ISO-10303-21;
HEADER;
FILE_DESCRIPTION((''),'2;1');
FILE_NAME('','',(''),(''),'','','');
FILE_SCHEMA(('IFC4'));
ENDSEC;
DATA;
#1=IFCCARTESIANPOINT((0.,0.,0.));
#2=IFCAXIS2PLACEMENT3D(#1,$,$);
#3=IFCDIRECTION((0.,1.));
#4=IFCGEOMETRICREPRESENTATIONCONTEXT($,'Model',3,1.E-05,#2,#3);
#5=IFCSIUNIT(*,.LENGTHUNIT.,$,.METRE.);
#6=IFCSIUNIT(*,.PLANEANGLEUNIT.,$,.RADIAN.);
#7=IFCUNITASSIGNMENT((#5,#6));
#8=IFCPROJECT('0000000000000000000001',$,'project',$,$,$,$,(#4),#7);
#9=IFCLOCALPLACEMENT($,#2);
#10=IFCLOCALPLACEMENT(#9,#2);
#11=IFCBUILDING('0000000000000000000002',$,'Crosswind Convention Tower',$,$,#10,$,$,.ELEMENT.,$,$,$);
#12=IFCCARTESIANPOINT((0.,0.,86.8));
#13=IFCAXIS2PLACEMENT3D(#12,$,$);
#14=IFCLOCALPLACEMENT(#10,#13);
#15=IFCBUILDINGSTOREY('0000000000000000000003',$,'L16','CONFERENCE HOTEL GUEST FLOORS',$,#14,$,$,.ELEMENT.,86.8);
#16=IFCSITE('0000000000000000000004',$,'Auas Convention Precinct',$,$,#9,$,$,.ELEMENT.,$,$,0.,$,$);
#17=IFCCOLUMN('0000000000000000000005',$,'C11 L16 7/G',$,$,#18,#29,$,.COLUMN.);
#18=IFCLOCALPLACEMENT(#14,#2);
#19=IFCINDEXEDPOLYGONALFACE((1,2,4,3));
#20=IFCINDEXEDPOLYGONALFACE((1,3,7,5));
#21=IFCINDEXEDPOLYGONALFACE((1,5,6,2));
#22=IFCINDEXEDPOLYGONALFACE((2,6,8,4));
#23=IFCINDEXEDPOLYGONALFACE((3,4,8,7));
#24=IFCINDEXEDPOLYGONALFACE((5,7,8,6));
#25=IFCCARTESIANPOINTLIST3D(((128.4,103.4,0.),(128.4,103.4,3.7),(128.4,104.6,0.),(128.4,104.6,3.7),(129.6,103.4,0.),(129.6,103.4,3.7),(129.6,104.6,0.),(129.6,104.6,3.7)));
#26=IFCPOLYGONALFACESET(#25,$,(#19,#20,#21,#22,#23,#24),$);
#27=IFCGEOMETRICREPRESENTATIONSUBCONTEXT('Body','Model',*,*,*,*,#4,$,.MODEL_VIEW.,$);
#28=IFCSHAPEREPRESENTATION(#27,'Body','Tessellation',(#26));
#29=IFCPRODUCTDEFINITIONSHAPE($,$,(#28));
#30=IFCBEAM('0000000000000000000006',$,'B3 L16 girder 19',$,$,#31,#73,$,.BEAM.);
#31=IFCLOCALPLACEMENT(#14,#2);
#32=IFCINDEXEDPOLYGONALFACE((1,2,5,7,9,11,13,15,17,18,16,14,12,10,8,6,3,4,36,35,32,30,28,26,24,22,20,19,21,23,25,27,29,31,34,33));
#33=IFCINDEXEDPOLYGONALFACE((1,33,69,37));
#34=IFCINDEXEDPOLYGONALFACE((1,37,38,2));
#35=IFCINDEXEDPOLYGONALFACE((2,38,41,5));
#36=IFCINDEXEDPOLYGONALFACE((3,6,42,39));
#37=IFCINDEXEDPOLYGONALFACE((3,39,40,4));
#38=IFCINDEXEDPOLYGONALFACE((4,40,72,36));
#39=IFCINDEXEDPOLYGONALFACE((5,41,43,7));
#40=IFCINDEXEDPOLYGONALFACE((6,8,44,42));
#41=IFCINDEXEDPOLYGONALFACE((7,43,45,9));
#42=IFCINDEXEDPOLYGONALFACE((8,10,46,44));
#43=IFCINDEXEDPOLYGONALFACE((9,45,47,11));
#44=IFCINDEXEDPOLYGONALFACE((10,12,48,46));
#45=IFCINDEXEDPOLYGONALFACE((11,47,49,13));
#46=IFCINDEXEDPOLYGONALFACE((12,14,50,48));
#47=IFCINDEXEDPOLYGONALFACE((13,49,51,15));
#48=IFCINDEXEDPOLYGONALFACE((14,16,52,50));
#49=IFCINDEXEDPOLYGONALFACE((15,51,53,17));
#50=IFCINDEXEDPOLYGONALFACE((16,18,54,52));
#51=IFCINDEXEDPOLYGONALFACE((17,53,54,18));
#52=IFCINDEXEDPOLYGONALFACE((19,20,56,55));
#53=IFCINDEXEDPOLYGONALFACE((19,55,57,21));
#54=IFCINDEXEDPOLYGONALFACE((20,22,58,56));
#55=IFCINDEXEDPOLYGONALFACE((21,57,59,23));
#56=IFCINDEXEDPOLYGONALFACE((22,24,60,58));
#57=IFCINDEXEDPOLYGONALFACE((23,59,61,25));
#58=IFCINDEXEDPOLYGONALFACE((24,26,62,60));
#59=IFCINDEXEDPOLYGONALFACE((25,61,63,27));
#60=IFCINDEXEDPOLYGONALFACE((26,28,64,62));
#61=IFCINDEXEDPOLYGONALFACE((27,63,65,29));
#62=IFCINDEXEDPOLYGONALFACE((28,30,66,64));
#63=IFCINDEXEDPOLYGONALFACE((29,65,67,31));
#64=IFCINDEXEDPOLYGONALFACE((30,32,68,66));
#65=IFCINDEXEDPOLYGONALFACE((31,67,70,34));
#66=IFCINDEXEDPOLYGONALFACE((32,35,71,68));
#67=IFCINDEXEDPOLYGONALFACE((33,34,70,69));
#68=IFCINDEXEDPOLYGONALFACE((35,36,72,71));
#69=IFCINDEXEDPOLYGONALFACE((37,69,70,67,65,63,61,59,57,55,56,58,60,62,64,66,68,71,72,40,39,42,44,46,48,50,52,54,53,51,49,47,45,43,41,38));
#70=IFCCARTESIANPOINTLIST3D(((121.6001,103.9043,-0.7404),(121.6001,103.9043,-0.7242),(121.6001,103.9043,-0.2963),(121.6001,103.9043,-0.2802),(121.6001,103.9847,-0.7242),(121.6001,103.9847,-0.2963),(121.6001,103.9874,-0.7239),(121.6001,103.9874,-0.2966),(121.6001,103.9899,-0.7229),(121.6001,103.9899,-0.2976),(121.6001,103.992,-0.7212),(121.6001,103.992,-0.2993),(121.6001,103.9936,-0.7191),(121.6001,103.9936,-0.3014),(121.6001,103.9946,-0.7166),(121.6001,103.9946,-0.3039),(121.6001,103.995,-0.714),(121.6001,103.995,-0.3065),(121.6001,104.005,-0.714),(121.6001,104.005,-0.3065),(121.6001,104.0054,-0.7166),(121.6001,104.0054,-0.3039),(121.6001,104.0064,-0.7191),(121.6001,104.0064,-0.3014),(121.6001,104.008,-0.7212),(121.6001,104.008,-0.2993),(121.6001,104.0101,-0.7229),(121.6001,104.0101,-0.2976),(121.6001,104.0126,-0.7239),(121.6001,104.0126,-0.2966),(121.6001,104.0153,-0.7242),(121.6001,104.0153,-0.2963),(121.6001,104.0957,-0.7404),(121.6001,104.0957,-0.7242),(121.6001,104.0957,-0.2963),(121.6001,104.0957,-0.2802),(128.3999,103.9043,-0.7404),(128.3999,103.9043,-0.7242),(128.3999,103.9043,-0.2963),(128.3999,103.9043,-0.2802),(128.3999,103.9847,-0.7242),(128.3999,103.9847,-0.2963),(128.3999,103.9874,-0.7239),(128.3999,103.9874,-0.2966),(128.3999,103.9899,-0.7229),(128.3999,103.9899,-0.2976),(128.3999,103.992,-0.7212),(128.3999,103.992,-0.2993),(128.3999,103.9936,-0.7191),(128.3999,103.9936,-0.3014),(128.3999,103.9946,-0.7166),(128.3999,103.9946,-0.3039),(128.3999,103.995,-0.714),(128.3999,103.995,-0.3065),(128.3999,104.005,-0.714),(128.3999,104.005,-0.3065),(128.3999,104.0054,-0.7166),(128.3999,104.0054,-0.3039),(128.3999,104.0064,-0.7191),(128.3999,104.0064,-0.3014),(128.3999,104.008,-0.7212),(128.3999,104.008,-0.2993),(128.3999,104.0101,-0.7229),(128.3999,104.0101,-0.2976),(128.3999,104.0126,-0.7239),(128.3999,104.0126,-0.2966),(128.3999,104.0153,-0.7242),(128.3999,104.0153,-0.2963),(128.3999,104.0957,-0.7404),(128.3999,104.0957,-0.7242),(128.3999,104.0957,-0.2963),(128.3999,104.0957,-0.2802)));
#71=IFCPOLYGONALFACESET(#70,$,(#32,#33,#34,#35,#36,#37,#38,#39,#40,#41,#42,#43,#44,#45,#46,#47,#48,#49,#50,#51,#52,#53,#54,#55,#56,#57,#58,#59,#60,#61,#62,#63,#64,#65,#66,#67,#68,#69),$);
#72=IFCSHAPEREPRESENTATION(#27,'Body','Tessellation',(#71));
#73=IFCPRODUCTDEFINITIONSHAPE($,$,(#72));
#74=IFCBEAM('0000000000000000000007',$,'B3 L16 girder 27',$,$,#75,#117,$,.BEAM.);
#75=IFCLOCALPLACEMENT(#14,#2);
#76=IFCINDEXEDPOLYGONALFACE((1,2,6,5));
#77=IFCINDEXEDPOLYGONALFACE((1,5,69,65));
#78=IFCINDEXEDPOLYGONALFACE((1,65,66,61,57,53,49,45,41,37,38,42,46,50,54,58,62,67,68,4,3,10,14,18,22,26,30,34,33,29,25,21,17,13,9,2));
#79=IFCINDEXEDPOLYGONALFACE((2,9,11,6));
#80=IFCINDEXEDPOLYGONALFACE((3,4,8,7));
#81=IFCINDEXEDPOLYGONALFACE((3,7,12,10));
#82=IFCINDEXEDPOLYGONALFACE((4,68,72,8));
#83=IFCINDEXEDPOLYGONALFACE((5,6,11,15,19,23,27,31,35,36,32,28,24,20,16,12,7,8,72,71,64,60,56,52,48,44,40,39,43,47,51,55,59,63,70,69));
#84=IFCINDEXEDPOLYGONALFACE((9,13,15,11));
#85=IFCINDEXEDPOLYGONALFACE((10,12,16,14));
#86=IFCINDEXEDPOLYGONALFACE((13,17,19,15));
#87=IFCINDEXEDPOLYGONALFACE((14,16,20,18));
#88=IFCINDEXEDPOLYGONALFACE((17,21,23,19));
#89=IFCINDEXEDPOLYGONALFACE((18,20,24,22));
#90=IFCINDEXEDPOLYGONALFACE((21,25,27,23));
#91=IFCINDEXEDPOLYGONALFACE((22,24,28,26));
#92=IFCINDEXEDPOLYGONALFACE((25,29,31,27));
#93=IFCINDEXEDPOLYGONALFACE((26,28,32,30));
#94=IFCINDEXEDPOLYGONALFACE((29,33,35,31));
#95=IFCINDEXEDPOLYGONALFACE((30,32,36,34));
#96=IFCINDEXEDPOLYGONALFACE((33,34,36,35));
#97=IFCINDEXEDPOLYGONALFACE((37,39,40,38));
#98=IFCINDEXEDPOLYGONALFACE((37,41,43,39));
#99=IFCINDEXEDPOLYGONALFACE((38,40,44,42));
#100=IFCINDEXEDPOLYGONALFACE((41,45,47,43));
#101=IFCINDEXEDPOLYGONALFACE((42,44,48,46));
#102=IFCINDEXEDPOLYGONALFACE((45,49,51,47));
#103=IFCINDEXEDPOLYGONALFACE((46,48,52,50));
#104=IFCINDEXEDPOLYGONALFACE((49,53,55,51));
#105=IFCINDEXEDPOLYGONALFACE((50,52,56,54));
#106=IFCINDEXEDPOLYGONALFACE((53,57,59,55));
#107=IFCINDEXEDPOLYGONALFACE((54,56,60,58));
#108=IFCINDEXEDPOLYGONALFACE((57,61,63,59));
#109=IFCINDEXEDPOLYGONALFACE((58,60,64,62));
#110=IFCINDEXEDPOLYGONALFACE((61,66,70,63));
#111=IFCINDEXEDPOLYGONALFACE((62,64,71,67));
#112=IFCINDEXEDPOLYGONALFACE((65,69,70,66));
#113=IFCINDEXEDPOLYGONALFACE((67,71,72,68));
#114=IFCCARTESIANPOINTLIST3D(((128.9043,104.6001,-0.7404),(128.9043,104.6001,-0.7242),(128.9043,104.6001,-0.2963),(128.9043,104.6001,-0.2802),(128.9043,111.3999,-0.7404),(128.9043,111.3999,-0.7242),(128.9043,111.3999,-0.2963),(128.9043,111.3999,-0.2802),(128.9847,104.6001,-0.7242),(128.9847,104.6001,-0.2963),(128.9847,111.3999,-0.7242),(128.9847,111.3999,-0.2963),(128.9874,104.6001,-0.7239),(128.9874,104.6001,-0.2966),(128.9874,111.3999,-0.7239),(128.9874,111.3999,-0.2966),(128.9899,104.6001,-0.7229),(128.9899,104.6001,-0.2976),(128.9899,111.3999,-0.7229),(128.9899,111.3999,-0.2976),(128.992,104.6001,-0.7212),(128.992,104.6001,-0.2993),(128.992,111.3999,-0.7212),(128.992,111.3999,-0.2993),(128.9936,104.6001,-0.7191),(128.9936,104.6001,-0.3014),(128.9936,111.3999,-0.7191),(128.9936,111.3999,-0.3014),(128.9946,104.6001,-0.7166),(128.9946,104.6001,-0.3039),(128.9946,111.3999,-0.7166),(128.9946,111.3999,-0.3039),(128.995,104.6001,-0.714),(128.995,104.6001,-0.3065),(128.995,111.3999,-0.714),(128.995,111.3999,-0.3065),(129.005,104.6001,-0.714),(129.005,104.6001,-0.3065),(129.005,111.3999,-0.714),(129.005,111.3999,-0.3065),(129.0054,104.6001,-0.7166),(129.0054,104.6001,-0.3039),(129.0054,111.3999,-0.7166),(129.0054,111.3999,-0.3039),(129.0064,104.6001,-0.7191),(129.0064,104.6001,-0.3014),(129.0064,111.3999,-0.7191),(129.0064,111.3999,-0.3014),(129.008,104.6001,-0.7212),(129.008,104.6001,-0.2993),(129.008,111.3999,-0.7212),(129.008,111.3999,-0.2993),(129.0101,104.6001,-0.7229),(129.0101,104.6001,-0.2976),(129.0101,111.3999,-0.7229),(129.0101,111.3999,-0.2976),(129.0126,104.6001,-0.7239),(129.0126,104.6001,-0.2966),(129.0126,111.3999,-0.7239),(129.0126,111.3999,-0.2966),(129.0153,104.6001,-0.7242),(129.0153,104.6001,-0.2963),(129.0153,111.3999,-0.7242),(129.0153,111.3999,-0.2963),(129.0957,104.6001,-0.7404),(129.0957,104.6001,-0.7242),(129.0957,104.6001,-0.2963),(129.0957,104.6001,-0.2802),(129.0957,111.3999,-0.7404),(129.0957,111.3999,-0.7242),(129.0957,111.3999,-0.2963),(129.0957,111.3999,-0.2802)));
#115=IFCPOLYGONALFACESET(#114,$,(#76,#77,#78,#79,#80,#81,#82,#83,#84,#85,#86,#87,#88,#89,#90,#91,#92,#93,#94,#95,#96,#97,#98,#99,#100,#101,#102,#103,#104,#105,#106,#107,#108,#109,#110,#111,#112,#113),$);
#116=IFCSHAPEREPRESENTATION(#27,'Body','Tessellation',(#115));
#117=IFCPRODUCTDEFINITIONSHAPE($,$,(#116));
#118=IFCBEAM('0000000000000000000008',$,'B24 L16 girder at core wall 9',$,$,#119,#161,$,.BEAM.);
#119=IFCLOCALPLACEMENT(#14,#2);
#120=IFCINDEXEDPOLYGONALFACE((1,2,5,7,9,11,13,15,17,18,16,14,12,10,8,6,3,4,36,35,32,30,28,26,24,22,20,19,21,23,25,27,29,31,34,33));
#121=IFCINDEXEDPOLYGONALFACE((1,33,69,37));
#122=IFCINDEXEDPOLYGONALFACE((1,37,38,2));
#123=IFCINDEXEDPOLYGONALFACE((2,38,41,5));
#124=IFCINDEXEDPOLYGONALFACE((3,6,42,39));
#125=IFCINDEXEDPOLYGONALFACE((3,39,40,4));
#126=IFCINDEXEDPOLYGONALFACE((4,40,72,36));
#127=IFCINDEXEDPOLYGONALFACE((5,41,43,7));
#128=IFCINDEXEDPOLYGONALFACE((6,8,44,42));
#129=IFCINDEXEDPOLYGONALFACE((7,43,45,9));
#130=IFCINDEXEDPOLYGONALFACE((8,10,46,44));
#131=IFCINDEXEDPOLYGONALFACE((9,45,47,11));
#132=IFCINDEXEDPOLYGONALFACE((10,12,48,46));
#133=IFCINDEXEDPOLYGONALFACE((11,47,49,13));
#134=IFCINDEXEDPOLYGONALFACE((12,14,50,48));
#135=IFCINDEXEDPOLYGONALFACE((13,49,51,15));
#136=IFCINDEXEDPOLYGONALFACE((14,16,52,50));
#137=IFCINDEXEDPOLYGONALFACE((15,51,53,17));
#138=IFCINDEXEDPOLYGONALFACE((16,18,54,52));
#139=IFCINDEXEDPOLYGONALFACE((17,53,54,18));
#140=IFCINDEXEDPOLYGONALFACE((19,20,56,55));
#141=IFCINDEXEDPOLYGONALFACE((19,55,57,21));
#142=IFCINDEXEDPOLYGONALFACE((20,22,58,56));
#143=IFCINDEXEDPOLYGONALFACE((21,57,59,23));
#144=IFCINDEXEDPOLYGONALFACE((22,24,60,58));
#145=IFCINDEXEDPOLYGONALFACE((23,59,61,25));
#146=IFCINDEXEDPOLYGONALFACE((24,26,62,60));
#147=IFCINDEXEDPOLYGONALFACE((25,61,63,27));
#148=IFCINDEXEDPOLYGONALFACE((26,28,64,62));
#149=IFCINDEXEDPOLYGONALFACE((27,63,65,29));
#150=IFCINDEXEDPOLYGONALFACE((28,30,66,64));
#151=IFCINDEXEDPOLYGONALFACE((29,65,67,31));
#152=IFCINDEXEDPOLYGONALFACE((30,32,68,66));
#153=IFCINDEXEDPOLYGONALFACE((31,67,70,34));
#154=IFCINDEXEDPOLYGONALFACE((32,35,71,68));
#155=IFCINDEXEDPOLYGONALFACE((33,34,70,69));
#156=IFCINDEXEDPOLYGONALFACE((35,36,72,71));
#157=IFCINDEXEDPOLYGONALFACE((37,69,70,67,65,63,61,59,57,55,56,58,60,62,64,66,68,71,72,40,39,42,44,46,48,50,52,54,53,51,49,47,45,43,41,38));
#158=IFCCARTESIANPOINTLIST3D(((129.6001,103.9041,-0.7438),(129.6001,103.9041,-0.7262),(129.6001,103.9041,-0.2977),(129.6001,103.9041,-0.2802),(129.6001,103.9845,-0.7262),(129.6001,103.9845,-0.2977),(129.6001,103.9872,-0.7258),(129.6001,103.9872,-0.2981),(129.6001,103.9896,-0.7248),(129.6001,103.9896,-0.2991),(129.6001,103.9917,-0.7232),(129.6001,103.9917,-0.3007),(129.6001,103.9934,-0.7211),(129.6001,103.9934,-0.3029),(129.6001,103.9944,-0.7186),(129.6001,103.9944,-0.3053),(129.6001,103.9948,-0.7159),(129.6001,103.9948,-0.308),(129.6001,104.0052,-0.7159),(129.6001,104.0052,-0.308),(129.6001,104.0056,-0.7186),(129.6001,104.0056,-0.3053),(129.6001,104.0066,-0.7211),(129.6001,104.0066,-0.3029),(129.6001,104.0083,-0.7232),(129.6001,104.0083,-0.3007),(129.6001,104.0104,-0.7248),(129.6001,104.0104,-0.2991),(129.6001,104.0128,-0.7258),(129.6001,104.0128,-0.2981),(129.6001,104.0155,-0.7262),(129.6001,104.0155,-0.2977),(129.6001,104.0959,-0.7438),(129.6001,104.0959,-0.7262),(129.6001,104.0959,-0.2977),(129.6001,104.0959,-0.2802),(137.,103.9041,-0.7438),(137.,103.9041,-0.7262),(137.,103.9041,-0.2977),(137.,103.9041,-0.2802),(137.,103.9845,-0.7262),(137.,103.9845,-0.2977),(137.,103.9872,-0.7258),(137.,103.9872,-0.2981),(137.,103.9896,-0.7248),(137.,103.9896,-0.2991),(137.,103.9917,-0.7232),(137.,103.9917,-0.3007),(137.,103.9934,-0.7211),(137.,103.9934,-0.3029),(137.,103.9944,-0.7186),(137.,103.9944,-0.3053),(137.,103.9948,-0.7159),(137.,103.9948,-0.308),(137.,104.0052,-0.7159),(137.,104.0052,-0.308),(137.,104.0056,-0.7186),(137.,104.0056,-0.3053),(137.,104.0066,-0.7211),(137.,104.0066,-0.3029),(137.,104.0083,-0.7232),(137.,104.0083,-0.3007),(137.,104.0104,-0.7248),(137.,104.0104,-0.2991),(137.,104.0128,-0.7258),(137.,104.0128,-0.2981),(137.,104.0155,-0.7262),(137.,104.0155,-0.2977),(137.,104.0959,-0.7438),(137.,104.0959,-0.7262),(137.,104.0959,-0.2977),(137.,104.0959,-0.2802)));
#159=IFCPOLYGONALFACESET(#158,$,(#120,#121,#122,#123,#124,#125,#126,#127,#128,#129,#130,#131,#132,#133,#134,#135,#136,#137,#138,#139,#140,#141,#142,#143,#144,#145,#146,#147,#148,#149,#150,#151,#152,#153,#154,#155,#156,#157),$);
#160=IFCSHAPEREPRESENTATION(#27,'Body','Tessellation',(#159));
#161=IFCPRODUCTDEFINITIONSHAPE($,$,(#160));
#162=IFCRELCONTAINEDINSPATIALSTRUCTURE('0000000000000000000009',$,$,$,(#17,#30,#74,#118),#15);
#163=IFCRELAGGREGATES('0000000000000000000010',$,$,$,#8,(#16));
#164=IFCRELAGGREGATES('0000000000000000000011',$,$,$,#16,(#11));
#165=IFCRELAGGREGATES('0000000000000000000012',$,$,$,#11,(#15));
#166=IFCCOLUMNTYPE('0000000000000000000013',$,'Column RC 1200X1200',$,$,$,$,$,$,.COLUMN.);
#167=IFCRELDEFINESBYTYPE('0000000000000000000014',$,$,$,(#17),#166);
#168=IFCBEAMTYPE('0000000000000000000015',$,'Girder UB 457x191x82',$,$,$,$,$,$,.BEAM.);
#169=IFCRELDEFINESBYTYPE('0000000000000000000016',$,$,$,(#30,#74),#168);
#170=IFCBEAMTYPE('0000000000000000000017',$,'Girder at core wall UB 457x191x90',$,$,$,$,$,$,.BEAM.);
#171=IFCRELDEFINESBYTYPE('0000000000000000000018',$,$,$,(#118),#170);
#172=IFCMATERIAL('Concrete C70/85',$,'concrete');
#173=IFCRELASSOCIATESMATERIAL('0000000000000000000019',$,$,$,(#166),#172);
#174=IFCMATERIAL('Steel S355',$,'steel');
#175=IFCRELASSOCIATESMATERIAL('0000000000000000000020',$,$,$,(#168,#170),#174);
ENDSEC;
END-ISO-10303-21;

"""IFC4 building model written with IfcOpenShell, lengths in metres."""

from ifc_helpers import new_model, si_unit, direction, frame, origin, origin_2d, place, context, subcontext, project, spatial, rectangle, i_section, extrude, material, material_profile, profile_set, type_object, element, save


model = new_model("IFC4")

# Units and contexts
model_context = context("Model", 3, precision=1e-05, world=origin(), true_north=direction((0.0, 1.0)))
body_context = subcontext(model_context, "Body", "Model", "MODEL_VIEW")
ifc_project = project(units=[si_unit("LENGTHUNIT", "METRE"), si_unit("PLANEANGLEUNIT", "RADIAN")], contexts=[model_context])

# Site, building, storey
site_placement = place(None, origin())
site = spatial("IfcSite", under=ifc_project, at=site_placement, Name="Auas Convention Precinct", CompositionType="ELEMENT", RefElevation=0.0)
building_placement = place(site_placement, origin())
building = spatial("IfcBuilding", under=site, at=building_placement, Name="Crosswind Convention Tower", CompositionType="ELEMENT")
storey_placement = place(building_placement, frame((0.0, 0.0, 86.8)))
storey = spatial("IfcBuildingStorey", under=building, at=storey_placement, Name="L16", Description="CONFERENCE HOTEL GUEST FLOORS", CompositionType="ELEMENT", Elevation=86.8)

# Column
ifc_material_1 = material(Name="Concrete C70/85", Category="concrete")
ifc_material_profile_1 = material_profile(ifc_material_1, rectangle(XDim=1.2, YDim=1.2, at=origin_2d()), Name="RC 1200X1200")
ifc_profile_set_1 = profile_set([ifc_material_profile_1], Name="Concrete C70/85")
column_type = type_object("IfcColumnType", Name="Column RC 1200X1200", PredefinedType="COLUMN", material=ifc_profile_set_1)
column_placement = place(storey_placement, frame((129.0, 104.0, 0.0), z_axis=(0.0, 0.0, 1.0), x_axis=(1.0, 0.0, 0.0)))
element("IfcColumn", 1, at=column_placement, inside=storey, type_object=column_type, Name="C11 L16 7/G", PredefinedType="COLUMN", context=body_context, shape_type="SweptSolid", body=[
    extrude(rectangle(XDim=1.2, YDim=1.2, at=origin_2d()), origin(), (0.0, 0.0, 1.0), 3.7),
])

# Beams
ifc_material_2 = material(Name="Steel S355", Category="steel")
ifc_material_profile_2 = material_profile(ifc_material_2, i_section(OverallWidth=0.1914, OverallDepth=0.4602, WebThickness=0.01, FlangeThickness=0.0161, FilletRadius=0.0103, at=origin_2d()), Name="UB 457x191x82")
ifc_profile_set_2 = profile_set([ifc_material_profile_2], Name="Steel S355")
beam_type_1 = type_object("IfcBeamType", Name="Girder UB 457x191x82", PredefinedType="BEAM", material=ifc_profile_set_2)
for number, where, z_axis, x_axis, name in (
    (2, (121.6001, 104.0, -0.5103), (1.0, 0.0, 0.0), (0.0, 1.0, 0.0), "B3 L16 girder 19"),
    (3, (129.0, 104.6001, -0.5103), (0.0, 1.0, 0.0), (-1.0, 0.0, 0.0), "B3 L16 girder 27"),
):
    element("IfcBeam", number, at=place(storey_placement, frame(where, z_axis=z_axis, x_axis=x_axis)), inside=storey, type_object=beam_type_1, Name=name, PredefinedType="BEAM", context=body_context, shape_type="SweptSolid", body=[
        extrude(i_section(OverallWidth=0.1914, OverallDepth=0.4602, WebThickness=0.01, FlangeThickness=0.0161, FilletRadius=0.0103, at=origin_2d()), origin(), (0.0, 0.0, 1.0), 6.7998),
    ])
ifc_material_profile_3 = material_profile(ifc_material_2, i_section(OverallWidth=0.1919, OverallDepth=0.4636, WebThickness=0.0105, FlangeThickness=0.0176, FilletRadius=0.0103, at=origin_2d()), Name="UB 457x191x90")
ifc_profile_set_3 = profile_set([ifc_material_profile_3], Name="Steel S355")
beam_type_2 = type_object("IfcBeamType", Name="Girder at core wall UB 457x191x90", PredefinedType="BEAM", material=ifc_profile_set_3)
beam_placement = place(storey_placement, frame((129.6001, 104.0, -0.512), z_axis=(1.0, 0.0, 0.0), x_axis=(0.0, 1.0, 0.0)))
element("IfcBeam", 4, at=beam_placement, inside=storey, type_object=beam_type_2, Name="B24 L16 girder at core wall 9", PredefinedType="BEAM", context=body_context, shape_type="SweptSolid", body=[
    extrude(i_section(OverallWidth=0.1919, OverallDepth=0.4636, WebThickness=0.0105, FlangeThickness=0.0176, FilletRadius=0.0103, at=origin_2d()), origin(), (0.0, 0.0, 1.0), 7.3999),
])

save(model, "model.ifc")
